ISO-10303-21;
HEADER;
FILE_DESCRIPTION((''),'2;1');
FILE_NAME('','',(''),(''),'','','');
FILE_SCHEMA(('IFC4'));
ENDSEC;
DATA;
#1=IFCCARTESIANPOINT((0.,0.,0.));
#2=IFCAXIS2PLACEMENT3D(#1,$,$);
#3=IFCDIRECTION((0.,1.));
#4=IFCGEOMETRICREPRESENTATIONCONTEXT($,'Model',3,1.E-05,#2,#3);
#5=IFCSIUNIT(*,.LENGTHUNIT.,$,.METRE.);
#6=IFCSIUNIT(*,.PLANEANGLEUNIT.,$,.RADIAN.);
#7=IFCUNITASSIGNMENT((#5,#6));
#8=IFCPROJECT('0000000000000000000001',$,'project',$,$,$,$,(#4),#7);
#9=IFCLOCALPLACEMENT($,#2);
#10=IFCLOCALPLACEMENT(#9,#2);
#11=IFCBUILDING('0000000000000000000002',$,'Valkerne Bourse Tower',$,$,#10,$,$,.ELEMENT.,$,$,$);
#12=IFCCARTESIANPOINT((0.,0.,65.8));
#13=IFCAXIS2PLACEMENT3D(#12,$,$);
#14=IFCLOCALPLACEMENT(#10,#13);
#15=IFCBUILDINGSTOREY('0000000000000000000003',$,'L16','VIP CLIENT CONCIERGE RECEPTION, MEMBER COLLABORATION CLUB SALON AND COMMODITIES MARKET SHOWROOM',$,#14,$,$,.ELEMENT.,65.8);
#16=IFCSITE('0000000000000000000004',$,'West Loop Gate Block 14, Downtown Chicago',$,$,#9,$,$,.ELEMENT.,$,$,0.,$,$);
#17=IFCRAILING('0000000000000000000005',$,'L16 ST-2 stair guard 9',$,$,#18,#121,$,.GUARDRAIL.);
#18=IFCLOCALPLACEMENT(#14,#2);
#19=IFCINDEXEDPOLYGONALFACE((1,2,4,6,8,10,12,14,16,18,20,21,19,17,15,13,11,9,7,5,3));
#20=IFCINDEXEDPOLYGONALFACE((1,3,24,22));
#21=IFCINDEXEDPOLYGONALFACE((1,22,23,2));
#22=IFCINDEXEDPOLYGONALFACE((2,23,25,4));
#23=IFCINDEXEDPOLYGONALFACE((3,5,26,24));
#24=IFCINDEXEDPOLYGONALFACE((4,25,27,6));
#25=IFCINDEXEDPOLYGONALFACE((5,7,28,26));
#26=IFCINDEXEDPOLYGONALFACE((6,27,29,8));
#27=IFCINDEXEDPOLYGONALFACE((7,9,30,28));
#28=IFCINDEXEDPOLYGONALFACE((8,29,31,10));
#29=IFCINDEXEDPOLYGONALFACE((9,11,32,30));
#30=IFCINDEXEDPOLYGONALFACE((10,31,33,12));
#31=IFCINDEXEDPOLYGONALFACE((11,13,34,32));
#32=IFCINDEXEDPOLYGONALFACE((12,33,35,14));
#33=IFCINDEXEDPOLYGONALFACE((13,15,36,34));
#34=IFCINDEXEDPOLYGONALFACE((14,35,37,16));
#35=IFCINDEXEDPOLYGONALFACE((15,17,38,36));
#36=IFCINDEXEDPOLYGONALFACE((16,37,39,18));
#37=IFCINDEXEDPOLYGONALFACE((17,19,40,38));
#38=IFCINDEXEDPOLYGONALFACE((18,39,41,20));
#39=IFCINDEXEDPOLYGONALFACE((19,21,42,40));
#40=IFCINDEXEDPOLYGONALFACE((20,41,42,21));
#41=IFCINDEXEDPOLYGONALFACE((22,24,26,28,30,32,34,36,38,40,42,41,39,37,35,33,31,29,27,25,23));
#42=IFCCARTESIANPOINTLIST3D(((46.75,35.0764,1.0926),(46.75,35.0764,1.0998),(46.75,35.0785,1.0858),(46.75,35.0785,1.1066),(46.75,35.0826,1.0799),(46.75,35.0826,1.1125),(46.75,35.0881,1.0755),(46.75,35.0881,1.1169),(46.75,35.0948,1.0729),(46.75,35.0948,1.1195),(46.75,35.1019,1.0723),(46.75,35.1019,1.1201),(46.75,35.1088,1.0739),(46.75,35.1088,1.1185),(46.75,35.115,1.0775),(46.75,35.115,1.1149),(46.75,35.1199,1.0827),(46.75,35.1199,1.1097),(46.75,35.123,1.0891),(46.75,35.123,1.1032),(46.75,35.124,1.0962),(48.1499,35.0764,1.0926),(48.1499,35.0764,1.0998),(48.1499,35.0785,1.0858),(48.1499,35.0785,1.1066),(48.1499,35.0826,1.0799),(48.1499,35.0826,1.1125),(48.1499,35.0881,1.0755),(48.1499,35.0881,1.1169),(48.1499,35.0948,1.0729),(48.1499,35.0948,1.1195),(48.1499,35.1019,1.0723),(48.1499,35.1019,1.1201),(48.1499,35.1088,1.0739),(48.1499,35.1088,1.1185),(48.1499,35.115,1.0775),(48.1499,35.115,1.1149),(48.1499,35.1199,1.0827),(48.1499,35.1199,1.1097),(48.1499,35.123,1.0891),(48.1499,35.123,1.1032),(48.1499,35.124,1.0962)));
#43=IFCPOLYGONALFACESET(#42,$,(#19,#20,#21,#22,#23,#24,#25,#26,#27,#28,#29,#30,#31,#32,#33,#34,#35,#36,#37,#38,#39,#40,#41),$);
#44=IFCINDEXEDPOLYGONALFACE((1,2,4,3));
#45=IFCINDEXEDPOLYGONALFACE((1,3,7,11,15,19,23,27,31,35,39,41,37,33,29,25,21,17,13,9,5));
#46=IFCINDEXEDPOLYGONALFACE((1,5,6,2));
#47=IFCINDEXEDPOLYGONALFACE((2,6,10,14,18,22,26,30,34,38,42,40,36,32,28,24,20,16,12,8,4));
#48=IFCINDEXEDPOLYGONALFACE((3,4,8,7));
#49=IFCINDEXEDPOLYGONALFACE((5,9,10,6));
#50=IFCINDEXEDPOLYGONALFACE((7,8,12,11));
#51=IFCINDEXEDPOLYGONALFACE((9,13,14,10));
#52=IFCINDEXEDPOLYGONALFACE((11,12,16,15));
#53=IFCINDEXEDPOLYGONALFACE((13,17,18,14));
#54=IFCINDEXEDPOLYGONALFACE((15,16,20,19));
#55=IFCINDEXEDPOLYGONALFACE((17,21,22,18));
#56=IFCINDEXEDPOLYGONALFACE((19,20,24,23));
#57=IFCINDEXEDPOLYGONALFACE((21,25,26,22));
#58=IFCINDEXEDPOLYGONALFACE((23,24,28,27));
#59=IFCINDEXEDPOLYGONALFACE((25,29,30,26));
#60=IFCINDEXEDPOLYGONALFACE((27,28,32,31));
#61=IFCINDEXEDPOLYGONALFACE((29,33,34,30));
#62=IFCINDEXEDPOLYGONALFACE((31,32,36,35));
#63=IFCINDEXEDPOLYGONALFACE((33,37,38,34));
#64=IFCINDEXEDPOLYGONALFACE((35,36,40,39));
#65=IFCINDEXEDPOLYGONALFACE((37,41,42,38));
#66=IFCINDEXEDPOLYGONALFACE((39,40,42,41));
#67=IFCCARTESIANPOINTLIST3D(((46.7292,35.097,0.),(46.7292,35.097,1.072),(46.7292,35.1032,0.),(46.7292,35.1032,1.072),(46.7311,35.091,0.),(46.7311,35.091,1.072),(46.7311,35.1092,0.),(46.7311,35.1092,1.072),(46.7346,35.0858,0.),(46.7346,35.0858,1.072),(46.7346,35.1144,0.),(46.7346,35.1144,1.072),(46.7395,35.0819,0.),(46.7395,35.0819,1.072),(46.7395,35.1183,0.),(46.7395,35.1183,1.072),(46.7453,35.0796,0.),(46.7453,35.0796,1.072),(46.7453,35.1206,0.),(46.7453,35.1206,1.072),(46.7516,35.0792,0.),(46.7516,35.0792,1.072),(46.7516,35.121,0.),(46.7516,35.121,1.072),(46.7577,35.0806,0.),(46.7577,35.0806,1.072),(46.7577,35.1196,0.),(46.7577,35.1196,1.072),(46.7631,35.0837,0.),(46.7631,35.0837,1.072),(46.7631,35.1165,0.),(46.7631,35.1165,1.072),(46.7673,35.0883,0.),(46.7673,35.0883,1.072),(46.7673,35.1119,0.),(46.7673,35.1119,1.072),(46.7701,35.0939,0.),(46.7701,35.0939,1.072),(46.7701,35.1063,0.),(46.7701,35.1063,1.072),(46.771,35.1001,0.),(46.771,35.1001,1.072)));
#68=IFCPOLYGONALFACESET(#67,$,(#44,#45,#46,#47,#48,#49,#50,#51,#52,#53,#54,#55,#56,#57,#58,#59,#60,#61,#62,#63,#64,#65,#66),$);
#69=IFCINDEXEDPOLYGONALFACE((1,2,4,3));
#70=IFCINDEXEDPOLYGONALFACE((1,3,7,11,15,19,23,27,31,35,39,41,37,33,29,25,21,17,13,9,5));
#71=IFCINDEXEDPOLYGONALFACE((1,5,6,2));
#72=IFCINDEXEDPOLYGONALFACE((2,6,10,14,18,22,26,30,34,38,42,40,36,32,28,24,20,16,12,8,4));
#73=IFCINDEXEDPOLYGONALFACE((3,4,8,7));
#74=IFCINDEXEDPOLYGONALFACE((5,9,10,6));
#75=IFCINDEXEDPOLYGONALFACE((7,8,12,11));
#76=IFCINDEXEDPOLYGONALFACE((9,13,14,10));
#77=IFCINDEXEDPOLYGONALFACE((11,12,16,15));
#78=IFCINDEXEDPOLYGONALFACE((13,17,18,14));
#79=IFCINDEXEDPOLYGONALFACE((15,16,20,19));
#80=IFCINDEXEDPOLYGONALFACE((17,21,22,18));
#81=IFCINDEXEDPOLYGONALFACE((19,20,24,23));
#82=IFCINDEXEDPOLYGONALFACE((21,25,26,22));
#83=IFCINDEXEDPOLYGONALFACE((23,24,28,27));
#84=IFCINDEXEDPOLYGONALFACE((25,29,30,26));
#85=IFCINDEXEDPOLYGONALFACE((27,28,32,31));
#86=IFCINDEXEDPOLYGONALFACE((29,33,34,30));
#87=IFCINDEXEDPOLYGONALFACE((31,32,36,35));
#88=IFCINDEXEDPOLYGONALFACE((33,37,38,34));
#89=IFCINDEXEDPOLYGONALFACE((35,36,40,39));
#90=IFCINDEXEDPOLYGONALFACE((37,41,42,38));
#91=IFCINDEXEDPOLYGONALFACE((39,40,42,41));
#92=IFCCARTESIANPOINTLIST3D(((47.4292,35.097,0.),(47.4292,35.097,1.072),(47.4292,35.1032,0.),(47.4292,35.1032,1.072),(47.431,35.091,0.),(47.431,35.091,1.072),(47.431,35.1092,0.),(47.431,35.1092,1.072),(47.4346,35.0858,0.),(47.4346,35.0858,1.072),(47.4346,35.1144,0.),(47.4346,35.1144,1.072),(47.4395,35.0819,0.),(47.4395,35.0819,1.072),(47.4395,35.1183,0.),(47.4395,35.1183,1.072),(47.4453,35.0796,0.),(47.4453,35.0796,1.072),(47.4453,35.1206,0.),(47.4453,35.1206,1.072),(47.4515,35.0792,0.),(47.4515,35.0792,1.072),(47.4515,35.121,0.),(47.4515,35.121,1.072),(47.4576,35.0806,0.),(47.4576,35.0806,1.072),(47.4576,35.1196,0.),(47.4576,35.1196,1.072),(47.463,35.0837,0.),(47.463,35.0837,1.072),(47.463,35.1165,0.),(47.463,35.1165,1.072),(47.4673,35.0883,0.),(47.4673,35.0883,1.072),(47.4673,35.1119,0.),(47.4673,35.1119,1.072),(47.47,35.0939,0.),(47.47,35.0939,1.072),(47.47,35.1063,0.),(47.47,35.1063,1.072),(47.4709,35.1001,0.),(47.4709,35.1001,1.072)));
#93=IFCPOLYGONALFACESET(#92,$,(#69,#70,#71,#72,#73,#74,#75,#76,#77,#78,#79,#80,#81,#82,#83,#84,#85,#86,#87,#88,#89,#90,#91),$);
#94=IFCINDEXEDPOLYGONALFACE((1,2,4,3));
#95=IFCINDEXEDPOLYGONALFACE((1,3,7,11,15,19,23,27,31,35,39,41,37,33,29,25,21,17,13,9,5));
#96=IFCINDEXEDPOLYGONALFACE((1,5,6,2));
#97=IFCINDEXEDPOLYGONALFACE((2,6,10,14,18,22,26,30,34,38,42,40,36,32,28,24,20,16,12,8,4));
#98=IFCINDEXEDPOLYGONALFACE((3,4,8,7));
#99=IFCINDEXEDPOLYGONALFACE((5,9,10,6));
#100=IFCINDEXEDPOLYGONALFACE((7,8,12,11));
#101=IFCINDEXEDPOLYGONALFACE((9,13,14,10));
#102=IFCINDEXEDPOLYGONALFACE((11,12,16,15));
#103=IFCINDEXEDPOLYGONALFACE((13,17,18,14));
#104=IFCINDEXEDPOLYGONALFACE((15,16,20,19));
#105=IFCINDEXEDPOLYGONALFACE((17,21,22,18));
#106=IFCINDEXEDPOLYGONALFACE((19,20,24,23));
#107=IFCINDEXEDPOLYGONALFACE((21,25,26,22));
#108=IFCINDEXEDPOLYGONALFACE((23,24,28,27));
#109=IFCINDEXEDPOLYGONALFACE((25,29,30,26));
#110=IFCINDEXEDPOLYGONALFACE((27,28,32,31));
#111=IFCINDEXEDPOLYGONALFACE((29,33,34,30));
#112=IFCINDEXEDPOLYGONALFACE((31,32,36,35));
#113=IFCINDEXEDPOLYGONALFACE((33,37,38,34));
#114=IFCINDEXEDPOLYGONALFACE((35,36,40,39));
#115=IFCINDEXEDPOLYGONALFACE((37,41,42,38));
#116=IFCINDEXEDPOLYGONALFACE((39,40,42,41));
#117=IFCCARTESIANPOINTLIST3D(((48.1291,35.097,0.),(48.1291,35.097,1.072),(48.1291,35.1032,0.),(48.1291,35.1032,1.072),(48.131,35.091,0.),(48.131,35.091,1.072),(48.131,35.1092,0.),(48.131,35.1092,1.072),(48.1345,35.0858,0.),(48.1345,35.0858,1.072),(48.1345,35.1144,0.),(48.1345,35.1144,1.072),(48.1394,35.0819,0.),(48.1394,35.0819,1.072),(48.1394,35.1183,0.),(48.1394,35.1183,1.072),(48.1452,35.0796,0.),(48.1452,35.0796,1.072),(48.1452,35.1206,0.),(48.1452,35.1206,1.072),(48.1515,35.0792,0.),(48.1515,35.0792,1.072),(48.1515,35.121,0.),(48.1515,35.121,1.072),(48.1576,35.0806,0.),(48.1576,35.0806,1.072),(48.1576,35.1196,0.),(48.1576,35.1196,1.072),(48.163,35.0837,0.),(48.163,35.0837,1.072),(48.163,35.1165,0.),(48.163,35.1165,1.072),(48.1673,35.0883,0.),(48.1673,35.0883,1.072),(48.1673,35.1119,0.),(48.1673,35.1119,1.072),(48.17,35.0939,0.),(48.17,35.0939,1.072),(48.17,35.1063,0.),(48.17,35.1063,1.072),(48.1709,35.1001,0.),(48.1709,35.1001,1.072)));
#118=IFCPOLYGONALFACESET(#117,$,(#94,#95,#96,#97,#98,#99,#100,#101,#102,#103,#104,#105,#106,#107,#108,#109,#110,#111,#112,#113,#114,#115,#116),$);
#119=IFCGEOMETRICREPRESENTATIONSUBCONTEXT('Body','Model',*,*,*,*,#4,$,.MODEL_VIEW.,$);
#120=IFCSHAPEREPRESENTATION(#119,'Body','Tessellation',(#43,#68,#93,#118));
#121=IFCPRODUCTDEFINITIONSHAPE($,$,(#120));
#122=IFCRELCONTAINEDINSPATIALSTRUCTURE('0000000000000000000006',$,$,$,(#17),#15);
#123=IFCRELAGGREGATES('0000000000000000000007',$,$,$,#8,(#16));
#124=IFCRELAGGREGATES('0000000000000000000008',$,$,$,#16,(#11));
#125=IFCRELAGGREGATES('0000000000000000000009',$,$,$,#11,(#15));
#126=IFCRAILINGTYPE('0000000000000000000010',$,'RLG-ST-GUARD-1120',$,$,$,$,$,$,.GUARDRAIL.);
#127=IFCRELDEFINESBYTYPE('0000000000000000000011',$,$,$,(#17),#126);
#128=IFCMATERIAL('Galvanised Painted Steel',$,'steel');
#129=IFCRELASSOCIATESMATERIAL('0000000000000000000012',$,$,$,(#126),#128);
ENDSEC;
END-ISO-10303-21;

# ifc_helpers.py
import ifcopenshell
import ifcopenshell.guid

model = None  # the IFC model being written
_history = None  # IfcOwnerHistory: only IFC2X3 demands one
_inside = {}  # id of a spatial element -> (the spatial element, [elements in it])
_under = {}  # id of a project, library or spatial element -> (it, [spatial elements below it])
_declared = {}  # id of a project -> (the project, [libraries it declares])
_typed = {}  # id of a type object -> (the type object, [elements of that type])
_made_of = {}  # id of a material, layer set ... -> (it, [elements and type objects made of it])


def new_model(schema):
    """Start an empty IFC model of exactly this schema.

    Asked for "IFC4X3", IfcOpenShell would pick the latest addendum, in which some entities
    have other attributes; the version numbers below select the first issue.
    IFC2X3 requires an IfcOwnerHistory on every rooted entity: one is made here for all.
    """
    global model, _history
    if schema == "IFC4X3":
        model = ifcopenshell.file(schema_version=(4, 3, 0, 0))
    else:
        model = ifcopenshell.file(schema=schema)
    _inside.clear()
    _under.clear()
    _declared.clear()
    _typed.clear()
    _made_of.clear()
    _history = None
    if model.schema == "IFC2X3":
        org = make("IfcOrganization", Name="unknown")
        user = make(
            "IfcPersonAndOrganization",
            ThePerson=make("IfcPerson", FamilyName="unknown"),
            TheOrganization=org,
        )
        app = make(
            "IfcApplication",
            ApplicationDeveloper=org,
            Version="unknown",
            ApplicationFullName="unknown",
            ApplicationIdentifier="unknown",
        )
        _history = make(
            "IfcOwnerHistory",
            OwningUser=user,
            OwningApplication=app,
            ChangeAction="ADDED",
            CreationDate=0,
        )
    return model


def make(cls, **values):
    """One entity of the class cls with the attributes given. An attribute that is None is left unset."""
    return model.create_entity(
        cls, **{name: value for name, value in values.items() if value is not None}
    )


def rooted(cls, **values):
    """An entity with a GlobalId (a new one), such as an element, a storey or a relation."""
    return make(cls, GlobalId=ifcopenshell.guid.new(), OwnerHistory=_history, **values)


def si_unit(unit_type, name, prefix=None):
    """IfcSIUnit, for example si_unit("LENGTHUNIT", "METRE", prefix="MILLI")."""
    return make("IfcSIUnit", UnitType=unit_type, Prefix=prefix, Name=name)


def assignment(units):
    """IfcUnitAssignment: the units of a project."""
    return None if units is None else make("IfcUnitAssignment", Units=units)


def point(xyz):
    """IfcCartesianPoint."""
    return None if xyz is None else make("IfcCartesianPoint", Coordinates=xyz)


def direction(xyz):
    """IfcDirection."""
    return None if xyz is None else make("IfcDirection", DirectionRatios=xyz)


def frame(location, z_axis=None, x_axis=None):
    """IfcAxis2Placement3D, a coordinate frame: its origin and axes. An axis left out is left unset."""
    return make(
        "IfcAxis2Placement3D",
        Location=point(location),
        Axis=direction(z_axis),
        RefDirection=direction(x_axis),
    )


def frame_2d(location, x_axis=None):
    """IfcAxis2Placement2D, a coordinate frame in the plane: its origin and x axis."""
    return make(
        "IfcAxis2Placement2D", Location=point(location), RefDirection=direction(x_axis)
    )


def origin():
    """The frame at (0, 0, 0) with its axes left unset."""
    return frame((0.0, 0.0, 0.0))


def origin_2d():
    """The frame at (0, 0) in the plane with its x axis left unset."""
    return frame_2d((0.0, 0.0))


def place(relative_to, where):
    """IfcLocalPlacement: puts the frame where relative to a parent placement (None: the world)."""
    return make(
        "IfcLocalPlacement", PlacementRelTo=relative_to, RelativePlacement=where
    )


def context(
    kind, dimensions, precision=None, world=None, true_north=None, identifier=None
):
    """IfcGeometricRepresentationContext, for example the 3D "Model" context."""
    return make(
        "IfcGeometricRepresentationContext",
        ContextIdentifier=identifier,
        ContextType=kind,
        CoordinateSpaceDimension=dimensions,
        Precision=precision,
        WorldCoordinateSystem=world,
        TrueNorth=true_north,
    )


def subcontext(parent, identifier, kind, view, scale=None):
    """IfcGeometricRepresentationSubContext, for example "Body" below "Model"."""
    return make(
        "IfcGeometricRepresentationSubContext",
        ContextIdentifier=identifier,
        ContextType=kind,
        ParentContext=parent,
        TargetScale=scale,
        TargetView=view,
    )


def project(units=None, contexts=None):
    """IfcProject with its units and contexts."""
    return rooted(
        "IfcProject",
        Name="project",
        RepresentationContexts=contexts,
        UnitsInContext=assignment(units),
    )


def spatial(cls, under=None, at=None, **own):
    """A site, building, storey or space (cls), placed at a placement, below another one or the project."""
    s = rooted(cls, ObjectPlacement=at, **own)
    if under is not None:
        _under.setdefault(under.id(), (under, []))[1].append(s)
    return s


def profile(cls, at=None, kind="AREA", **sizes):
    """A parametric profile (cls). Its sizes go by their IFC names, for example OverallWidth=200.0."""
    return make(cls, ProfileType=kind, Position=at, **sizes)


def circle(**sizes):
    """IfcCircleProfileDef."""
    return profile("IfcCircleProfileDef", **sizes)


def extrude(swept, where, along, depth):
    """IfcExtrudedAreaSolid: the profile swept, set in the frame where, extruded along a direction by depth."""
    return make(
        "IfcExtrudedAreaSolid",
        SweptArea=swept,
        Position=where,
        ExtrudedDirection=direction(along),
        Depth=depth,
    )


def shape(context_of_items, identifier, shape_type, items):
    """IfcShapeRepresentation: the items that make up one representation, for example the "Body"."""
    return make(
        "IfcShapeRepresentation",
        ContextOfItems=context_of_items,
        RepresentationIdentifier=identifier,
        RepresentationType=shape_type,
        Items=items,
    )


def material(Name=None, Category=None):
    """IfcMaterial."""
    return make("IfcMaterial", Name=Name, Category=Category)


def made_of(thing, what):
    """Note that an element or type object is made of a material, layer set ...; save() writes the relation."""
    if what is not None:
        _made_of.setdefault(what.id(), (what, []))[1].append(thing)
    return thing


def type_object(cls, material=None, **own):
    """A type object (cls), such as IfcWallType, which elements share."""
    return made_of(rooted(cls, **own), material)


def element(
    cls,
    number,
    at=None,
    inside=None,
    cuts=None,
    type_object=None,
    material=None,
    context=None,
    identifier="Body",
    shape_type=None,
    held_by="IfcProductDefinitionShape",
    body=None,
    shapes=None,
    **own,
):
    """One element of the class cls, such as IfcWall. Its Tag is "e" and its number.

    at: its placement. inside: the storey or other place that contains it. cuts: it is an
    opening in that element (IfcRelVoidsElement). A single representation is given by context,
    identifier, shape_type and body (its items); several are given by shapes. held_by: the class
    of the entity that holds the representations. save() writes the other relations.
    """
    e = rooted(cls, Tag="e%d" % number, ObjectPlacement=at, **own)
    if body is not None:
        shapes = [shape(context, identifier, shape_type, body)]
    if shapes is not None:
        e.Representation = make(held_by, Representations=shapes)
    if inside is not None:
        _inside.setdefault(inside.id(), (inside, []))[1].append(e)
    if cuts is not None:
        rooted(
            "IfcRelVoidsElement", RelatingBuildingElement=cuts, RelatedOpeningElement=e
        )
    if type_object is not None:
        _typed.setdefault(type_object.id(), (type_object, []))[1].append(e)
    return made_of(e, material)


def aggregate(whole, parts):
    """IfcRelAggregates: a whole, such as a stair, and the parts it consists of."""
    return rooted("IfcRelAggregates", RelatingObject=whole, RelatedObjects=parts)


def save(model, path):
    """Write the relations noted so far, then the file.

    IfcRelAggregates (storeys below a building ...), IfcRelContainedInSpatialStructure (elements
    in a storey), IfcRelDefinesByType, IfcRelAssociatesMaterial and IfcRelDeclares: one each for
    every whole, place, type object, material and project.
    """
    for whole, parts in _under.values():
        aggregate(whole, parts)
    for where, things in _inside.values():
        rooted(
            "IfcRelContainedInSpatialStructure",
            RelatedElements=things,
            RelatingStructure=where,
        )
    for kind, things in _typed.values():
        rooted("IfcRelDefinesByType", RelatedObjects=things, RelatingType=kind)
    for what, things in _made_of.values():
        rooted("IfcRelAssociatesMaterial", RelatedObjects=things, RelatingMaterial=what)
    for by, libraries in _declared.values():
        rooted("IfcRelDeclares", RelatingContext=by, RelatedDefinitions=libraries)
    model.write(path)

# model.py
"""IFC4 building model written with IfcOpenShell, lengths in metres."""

from ifc_helpers import new_model, si_unit, direction, frame, origin, origin_2d, place, context, subcontext, project, spatial, circle, extrude, material, type_object, element, save


model = new_model("IFC4")

# Units and contexts
model_context = context("Model", 3, precision=1e-05, world=origin(), true_north=direction((0.0, 1.0)))
body_context = subcontext(model_context, "Body", "Model", "MODEL_VIEW")
ifc_project = project(units=[si_unit("LENGTHUNIT", "METRE"), si_unit("PLANEANGLEUNIT", "RADIAN")], contexts=[model_context])

# Site, building, storey
site_placement = place(None, origin())
site = spatial("IfcSite", under=ifc_project, at=site_placement, Name="West Loop Gate Block 14, Downtown Chicago", CompositionType="ELEMENT", RefElevation=0.0)
building_placement = place(site_placement, origin())
building = spatial("IfcBuilding", under=site, at=building_placement, Name="Valkerne Bourse Tower", CompositionType="ELEMENT")
storey_placement = place(building_placement, frame((0.0, 0.0, 65.8)))
storey = spatial("IfcBuildingStorey", under=building, at=storey_placement, Name="L16", Description="VIP CLIENT CONCIERGE RECEPTION, MEMBER COLLABORATION CLUB SALON AND COMMODITIES MARKET SHOWROOM", CompositionType="ELEMENT", Elevation=65.8)

# Shared definitions
ifc_material_1 = material(Name="Galvanised Painted Steel", Category="steel")

# Railing
railing_type_1 = type_object("IfcRailingType", Name="RLG-ST-GUARD-1120", PredefinedType="GUARDRAIL", material=ifc_material_1)
for number, where, name in (
    (1, (46.75, 35.1001, 0.0), "L16 ST-2 stair guard 9"),
):
    element("IfcRailing", number, at=place(storey_placement, frame(where)), inside=storey, type_object=railing_type_1, Name=name, PredefinedType="GUARDRAIL", context=body_context, shape_type="SweptSolid", body=[
        extrude(circle(Radius=0.0239, at=origin_2d()), frame((0.0, 0.0, 1.0962), z_axis=(1.0, 0.0, 0.0), x_axis=(0.0, 1.0, 0.0)), (0.0, 0.0, 1.0), 1.3999),
        extrude(circle(Radius=0.021, at=origin_2d()), origin(), (0.0, 0.0, 1.0), 1.072),
        extrude(circle(Radius=0.021, at=origin_2d()), frame((0.7, 0.0, 0.0)), (0.0, 0.0, 1.0), 1.072),
        extrude(circle(Radius=0.021, at=origin_2d()), frame((1.3999, 0.0, 0.0)), (0.0, 0.0, 1.0), 1.072),
    ])

save(model, "model.ifc")
